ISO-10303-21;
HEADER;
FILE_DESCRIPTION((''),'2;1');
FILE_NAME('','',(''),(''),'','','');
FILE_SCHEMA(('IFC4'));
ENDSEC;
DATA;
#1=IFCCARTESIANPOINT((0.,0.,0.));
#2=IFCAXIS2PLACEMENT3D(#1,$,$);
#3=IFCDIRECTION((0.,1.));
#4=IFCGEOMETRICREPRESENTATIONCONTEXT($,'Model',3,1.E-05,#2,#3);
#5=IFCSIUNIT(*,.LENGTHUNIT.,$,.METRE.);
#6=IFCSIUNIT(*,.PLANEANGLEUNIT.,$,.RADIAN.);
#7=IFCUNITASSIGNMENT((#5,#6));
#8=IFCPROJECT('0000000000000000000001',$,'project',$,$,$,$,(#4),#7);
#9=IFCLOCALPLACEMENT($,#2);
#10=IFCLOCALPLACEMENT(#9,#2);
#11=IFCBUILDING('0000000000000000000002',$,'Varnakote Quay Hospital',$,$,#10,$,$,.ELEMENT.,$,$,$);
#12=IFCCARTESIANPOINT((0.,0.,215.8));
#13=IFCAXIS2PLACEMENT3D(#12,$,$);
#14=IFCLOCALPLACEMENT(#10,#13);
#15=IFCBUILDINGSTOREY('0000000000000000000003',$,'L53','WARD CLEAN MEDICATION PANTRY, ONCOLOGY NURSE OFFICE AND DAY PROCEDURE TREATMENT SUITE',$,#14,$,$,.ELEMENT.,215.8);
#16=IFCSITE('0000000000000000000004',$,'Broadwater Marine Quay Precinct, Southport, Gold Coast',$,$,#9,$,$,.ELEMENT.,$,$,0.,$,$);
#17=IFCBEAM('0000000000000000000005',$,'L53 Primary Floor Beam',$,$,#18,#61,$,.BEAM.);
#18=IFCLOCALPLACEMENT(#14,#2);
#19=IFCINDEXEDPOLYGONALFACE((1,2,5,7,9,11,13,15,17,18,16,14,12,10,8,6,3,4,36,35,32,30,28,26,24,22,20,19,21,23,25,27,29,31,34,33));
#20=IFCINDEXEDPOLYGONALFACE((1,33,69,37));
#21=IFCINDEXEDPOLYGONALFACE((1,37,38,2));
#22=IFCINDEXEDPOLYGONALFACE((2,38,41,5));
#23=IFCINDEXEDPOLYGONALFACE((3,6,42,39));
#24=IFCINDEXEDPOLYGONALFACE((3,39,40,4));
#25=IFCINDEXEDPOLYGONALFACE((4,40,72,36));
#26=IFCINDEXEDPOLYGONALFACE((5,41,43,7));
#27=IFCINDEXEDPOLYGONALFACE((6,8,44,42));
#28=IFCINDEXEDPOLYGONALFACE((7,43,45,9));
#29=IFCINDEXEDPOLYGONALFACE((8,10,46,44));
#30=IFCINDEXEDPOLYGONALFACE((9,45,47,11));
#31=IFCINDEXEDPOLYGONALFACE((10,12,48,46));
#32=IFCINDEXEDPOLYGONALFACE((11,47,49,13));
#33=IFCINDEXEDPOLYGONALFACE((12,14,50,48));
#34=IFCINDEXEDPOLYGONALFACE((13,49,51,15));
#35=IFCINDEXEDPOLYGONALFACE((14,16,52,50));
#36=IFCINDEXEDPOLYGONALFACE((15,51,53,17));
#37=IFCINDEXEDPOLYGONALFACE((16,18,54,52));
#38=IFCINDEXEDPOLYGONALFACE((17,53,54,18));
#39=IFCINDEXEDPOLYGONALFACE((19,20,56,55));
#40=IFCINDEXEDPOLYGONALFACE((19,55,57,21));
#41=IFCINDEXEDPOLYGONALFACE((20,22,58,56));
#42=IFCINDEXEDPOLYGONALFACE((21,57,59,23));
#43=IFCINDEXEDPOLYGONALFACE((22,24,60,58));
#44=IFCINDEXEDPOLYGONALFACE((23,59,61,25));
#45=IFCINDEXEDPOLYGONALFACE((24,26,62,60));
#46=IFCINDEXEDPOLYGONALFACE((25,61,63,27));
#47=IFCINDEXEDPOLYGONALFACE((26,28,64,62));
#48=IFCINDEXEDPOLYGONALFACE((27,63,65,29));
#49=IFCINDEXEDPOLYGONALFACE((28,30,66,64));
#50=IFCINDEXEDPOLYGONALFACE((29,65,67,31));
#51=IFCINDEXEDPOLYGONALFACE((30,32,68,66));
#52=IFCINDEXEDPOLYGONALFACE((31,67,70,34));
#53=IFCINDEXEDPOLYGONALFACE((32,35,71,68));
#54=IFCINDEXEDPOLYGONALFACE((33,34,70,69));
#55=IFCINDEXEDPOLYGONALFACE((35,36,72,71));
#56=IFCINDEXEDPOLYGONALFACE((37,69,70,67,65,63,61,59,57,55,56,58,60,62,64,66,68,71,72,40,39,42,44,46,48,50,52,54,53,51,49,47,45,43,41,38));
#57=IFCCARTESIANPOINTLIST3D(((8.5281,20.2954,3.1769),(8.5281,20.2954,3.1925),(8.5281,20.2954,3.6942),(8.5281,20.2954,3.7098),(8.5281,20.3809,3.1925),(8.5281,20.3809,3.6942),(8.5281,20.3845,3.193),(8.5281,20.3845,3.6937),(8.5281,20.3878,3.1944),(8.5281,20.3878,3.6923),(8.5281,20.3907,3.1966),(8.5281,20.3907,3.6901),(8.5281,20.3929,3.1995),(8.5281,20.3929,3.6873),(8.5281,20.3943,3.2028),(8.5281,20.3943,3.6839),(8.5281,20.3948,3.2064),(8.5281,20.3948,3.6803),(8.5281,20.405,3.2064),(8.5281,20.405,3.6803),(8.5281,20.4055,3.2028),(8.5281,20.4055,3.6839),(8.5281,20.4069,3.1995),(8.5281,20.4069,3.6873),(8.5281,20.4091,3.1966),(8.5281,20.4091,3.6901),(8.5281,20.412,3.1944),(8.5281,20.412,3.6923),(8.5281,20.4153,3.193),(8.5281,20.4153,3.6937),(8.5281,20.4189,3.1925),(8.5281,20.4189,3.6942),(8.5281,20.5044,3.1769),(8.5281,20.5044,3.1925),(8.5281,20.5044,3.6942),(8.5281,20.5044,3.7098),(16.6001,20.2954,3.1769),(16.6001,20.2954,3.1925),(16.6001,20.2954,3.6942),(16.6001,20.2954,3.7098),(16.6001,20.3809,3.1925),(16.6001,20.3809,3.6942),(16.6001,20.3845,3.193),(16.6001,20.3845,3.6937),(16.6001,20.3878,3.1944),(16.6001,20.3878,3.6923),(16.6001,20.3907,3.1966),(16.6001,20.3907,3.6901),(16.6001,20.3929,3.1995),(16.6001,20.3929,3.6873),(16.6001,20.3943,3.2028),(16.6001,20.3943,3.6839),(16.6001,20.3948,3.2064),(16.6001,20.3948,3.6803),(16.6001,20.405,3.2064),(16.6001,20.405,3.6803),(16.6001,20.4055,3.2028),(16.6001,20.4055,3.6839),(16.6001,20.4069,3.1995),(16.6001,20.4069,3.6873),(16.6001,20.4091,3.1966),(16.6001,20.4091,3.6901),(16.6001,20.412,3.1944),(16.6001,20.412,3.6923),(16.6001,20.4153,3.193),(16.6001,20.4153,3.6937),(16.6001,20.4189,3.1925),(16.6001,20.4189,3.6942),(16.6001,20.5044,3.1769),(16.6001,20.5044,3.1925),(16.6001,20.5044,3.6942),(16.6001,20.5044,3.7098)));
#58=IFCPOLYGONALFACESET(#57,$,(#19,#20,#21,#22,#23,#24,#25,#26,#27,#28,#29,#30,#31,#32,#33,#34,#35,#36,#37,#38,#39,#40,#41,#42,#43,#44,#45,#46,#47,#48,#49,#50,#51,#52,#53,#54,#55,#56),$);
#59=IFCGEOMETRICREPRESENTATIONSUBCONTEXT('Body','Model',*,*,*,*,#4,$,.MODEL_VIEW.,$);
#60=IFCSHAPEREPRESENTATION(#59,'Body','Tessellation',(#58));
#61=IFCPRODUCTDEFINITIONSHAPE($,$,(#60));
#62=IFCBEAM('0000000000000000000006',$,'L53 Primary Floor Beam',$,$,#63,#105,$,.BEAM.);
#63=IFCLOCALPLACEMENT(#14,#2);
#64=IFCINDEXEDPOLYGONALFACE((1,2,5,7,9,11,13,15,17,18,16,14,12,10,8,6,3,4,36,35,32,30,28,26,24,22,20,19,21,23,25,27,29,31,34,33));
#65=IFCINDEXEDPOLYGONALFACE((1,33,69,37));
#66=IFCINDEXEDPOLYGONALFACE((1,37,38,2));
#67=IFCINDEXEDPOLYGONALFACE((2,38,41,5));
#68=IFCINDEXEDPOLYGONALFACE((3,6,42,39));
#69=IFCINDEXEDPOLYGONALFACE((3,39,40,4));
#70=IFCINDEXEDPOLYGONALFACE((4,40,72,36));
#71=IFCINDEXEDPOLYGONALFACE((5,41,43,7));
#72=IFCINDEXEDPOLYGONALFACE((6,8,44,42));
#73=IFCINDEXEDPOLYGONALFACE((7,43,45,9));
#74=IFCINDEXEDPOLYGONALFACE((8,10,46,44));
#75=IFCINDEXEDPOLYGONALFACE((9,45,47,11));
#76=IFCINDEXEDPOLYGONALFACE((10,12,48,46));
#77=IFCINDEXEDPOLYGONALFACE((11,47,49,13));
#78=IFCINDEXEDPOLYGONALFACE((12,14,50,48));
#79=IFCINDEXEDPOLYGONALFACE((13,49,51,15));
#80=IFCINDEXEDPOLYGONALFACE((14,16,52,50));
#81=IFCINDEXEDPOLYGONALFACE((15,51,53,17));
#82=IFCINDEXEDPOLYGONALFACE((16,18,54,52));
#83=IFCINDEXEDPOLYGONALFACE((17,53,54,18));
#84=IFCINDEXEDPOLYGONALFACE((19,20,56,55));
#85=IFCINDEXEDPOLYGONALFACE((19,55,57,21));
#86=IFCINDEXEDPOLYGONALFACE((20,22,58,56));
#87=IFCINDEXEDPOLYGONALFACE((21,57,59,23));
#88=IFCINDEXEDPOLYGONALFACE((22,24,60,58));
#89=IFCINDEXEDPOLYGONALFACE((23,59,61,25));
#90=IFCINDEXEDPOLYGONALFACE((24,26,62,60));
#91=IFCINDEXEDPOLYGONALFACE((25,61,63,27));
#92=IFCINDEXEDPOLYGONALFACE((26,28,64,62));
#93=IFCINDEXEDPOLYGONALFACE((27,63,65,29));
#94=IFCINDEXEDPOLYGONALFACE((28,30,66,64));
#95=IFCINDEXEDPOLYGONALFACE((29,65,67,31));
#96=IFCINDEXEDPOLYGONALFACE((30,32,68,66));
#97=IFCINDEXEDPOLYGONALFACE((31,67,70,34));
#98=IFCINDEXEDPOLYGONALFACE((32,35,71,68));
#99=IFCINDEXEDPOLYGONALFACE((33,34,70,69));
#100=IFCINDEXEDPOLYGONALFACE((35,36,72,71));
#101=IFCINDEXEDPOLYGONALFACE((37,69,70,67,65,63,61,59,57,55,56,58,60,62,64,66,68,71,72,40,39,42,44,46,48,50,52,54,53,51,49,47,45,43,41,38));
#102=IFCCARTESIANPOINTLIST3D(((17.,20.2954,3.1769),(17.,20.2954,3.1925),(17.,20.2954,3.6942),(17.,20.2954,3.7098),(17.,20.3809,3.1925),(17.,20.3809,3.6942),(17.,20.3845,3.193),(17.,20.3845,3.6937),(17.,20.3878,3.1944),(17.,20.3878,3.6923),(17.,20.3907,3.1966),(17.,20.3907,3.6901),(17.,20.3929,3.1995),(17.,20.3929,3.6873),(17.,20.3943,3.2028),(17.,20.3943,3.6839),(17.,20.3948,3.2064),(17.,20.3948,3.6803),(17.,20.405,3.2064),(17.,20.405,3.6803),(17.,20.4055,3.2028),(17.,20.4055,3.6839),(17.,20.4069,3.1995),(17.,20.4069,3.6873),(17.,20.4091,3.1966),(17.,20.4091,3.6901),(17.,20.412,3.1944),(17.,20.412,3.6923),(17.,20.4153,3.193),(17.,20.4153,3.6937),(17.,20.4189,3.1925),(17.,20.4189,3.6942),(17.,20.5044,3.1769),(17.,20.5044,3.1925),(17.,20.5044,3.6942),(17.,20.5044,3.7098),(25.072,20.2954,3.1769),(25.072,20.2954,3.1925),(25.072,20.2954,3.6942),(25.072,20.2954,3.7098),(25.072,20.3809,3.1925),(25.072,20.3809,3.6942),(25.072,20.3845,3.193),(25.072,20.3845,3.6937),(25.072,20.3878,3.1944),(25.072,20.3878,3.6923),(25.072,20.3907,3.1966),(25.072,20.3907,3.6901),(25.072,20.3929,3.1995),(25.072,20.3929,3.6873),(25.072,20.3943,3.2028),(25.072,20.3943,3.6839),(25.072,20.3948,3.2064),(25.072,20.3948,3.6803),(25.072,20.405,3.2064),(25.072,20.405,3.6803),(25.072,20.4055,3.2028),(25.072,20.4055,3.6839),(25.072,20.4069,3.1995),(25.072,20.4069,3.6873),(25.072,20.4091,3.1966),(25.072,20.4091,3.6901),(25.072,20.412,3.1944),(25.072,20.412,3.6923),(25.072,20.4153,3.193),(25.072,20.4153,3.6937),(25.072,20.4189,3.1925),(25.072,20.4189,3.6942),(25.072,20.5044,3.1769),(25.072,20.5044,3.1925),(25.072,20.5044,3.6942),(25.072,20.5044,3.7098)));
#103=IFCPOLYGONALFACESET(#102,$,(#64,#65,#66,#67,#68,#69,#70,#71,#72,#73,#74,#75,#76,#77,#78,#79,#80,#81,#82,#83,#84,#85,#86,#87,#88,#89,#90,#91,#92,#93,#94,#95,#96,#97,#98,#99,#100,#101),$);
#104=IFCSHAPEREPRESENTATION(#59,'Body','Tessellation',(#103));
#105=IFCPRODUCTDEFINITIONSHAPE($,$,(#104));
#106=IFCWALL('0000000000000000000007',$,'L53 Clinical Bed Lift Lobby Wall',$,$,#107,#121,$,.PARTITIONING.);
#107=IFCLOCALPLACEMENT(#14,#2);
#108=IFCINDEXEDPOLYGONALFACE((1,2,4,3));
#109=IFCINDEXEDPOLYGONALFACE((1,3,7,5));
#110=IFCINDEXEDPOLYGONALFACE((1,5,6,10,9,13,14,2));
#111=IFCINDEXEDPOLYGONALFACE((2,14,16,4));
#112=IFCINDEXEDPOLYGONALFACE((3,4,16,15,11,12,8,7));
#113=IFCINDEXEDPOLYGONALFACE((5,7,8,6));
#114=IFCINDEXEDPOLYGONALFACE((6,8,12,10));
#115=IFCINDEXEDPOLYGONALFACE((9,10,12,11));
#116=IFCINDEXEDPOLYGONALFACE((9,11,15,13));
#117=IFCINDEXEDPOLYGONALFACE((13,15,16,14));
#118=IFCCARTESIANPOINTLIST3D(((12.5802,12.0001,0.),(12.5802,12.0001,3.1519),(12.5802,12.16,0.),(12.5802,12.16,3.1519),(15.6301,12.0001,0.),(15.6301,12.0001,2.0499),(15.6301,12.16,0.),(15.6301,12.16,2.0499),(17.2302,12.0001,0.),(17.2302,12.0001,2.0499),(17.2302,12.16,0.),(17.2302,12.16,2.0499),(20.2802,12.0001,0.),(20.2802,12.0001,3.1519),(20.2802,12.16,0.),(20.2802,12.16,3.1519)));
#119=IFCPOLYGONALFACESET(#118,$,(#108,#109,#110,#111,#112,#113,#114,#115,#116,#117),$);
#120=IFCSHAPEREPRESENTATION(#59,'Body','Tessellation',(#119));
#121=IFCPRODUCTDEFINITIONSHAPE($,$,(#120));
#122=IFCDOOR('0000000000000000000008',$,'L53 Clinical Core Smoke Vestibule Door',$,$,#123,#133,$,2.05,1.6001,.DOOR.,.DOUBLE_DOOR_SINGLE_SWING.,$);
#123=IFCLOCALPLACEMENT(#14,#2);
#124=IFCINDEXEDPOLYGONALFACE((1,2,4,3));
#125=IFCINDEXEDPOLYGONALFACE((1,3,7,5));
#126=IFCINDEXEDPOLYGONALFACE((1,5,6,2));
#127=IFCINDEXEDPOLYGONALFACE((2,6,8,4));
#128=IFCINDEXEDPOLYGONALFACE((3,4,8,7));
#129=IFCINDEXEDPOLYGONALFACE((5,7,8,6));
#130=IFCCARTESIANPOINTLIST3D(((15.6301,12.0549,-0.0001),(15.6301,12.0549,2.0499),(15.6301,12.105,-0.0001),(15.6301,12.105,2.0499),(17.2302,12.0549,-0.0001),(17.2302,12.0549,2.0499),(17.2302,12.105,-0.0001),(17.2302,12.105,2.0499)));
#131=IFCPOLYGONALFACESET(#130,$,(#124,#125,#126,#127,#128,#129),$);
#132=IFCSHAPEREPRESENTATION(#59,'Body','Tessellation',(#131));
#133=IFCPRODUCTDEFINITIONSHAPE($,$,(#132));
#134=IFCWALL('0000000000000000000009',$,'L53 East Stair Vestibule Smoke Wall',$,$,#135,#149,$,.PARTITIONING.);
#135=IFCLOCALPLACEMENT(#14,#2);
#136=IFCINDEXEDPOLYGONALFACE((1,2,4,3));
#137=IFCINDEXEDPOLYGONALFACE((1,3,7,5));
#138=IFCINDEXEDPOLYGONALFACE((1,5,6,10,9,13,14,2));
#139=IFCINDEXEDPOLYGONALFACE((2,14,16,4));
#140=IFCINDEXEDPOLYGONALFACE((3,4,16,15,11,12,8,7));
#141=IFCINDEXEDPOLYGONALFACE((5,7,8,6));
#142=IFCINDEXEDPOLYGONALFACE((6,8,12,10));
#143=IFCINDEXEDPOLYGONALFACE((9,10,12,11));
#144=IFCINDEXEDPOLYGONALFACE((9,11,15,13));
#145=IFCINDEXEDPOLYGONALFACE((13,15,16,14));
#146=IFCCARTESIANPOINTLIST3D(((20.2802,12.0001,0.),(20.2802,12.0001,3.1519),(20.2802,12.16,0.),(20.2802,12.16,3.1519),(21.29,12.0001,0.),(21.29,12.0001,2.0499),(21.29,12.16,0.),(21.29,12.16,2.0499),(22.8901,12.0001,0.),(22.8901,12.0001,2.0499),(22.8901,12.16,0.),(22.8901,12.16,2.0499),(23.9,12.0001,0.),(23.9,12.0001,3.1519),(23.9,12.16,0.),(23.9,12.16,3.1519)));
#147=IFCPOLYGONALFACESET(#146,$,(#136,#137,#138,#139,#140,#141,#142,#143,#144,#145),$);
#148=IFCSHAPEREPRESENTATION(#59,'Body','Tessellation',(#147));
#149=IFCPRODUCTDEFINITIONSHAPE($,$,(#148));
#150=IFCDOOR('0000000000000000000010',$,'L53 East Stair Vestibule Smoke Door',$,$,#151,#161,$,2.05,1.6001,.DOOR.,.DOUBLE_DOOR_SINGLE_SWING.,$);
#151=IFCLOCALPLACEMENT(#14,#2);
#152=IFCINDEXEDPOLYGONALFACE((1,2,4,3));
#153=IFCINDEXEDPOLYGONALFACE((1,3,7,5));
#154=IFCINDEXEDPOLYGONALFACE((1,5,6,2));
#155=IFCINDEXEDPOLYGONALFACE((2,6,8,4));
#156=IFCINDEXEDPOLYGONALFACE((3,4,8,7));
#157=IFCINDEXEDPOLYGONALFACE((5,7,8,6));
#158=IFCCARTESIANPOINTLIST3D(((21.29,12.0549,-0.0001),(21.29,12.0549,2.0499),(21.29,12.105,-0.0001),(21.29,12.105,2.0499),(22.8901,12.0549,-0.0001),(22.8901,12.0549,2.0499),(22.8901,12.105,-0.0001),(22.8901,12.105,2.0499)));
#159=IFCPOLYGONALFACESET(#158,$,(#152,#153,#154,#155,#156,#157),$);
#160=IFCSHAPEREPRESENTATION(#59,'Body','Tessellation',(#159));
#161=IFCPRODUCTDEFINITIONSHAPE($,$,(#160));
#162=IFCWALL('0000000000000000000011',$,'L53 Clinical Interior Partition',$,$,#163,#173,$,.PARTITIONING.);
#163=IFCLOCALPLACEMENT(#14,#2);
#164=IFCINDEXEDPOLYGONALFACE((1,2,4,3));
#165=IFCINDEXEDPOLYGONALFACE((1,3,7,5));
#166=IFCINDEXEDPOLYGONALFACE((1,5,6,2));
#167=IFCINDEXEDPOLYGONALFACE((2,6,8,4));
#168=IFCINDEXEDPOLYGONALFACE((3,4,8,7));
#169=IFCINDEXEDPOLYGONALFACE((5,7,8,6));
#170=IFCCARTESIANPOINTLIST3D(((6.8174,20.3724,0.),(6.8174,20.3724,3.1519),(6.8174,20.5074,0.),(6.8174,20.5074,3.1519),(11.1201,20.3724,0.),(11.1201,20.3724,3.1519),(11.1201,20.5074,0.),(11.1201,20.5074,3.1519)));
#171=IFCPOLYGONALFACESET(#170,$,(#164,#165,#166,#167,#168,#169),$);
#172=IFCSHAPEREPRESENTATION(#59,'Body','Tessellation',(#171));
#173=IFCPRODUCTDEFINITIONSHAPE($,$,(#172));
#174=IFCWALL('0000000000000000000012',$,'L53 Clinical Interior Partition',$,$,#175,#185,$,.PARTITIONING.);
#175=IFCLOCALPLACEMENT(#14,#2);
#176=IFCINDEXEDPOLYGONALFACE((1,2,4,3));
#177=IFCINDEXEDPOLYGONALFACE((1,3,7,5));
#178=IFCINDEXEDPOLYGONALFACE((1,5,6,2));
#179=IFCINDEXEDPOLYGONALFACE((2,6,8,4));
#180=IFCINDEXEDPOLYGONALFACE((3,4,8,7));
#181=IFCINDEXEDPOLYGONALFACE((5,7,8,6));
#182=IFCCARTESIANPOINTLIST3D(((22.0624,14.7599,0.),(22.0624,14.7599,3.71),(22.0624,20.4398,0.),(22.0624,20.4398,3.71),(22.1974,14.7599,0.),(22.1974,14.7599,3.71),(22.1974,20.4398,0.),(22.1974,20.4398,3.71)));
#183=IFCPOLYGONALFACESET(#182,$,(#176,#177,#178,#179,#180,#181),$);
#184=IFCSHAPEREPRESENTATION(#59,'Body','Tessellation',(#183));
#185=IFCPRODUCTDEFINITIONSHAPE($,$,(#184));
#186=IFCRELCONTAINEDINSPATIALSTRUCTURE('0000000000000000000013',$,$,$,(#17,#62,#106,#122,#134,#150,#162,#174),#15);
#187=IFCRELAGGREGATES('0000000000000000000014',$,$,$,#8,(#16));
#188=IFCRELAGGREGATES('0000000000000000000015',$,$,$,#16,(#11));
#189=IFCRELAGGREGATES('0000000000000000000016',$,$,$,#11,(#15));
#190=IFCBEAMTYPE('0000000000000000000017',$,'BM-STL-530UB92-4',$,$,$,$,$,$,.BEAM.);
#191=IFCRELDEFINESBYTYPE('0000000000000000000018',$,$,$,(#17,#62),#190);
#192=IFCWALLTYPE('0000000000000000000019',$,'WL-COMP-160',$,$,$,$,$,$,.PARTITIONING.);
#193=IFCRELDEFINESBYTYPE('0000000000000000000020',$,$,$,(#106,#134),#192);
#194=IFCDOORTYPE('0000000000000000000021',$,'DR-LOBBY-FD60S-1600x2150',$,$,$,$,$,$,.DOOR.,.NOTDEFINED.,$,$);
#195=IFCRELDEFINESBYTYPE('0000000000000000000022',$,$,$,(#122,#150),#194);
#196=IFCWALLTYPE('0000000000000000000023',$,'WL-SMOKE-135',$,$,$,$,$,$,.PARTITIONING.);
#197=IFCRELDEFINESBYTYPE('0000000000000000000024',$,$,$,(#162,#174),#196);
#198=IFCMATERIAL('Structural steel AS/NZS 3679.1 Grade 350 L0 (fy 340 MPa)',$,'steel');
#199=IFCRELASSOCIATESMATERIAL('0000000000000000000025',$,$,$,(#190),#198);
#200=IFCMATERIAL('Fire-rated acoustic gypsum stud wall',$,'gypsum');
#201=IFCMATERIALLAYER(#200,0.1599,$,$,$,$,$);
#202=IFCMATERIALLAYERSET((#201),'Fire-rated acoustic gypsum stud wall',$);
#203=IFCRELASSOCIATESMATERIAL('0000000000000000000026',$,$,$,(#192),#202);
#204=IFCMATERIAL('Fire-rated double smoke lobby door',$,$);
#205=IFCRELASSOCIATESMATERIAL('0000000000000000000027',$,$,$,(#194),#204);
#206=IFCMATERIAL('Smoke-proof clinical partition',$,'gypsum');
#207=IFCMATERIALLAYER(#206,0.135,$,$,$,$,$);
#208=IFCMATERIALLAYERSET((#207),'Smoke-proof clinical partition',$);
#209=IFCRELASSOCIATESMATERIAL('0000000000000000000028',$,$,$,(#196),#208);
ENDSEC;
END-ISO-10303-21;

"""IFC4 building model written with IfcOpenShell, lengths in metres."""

from ifc_helpers import new_model, si_unit, direction, frame, frame_2d, origin, origin_2d, place, context, subcontext, project, spatial, rectangle, i_section, extrude, material, layer, layer_set, material_profile, profile_set, type_object, element, fill, save


model = new_model("IFC4")

# Units and contexts
model_context = context("Model", 3, precision=1e-05, world=origin(), true_north=direction((0.0, 1.0)))
body_context = subcontext(model_context, "Body", "Model", "MODEL_VIEW")
ifc_project = project(units=[si_unit("LENGTHUNIT", "METRE"), si_unit("PLANEANGLEUNIT", "RADIAN")], contexts=[model_context])

# Site, building, storey
site_placement = place(None, origin())
site = spatial("IfcSite", under=ifc_project, at=site_placement, Name="Broadwater Marine Quay Precinct, Southport, Gold Coast", CompositionType="ELEMENT", RefElevation=0.0)
building_placement = place(site_placement, origin())
building = spatial("IfcBuilding", under=site, at=building_placement, Name="Varnakote Quay Hospital", CompositionType="ELEMENT")
storey_placement = place(building_placement, frame((0.0, 0.0, 215.8)))
storey = spatial("IfcBuildingStorey", under=building, at=storey_placement, Name="L53", Description="WARD CLEAN MEDICATION PANTRY, ONCOLOGY NURSE OFFICE AND DAY PROCEDURE TREATMENT SUITE", CompositionType="ELEMENT", Elevation=215.8)

# Beams
ifc_material_1 = material(Name="Structural steel AS/NZS 3679.1 Grade 350 L0 (fy 340 MPa)", Category="steel")
ifc_material_profile_1 = material_profile(ifc_material_1, i_section(OverallWidth=0.209, OverallDepth=0.533, WebThickness=0.0103, FlangeThickness=0.0156, FilletRadius=0.0139, at=origin_2d()), Name="530UB92.4")
ifc_profile_set_1 = profile_set([ifc_material_profile_1], Name="Structural steel AS/NZS 3679.1 Grade 350 L0 (fy 340 MPa)")
beam_type_1 = type_object("IfcBeamType", Name="BM-STL-530UB92-4", PredefinedType="BEAM", material=ifc_profile_set_1)
for number, where, z_axis, x_axis, name in (
    (1, (8.5281, 20.3999, 3.4434), (1.0, 0.0, 0.0), (0.0, 1.0, 0.0), "L53 Primary Floor Beam"),
    (2, (17.0, 20.3999, 3.4434), (1.0, 0.0, 0.0), (0.0, 1.0, 0.0), "L53 Primary Floor Beam"),
):
    element("IfcBeam", number, at=place(storey_placement, frame(where, z_axis=z_axis, x_axis=x_axis)), inside=storey, type_object=beam_type_1, Name=name, PredefinedType="BEAM", context=body_context, shape_type="SweptSolid", body=[
        extrude(i_section(OverallWidth=0.209, OverallDepth=0.533, WebThickness=0.0103, FlangeThickness=0.0156, FilletRadius=0.0139, at=origin_2d()), origin(), (0.0, 0.0, 1.0), 8.072),
    ])

# Walls, openings, doors
ifc_material_2 = material(Name="Fire-rated acoustic gypsum stud wall", Category="gypsum")
ifc_layer_1 = layer(ifc_material_2, 0.1599)
ifc_layer_set_1 = layer_set([ifc_layer_1], Name="Fire-rated acoustic gypsum stud wall")
wall_type_1 = type_object("IfcWallType", Name="WL-COMP-160", PredefinedType="PARTITIONING", material=ifc_layer_set_1)
wall_1_placement = place(storey_placement, frame((12.5801, 12.0801, 0.0), z_axis=(0.0, 0.0, 1.0), x_axis=(1.0, 0.0, 0.0)))
wall_1 = element("IfcWall", 3, at=wall_1_placement, inside=storey, type_object=wall_type_1, Name="L53 Clinical Bed Lift Lobby Wall", PredefinedType="PARTITIONING", context=body_context, shape_type="SweptSolid", body=[
    extrude(rectangle(XDim=7.7, YDim=0.1599, at=frame_2d((3.8501, 0.0))), origin(), (0.0, 0.0, 1.0), 3.1519),
])
opening_1_placement = place(wall_1_placement, frame((3.05, 0.0, 0.0)))
opening_1 = element("IfcOpeningElement", 4, at=opening_1_placement, cuts=wall_1, PredefinedType="OPENING", context=body_context, shape_type="SweptSolid", body=[
    extrude(rectangle(XDim=1.6001, YDim=2.05, at=frame_2d((0.8, 1.0249))), frame((0.0, 0.0898, 0.0), z_axis=(0.0, -1.0, 0.0), x_axis=(1.0, 0.0, 0.0)), (0.0, 0.0, 1.0), 0.1799),
])
ifc_material_3 = material(Name="Fire-rated double smoke lobby door")
door_type_1 = type_object("IfcDoorType", Name="DR-LOBBY-FD60S-1600x2150", OperationType="NOTDEFINED", PredefinedType="DOOR", material=ifc_material_3)
door_1_placement = place(opening_1_placement, origin())
door_1 = element("IfcDoor", 5, at=door_1_placement, inside=storey, type_object=door_type_1, Name="L53 Clinical Core Smoke Vestibule Door", OperationType="DOUBLE_DOOR_SINGLE_SWING", OverallHeight=2.05, OverallWidth=1.6001, PredefinedType="DOOR", context=body_context, shape_type="SweptSolid", body=[
    extrude(rectangle(XDim=1.6001, YDim=2.05, at=frame_2d((0.8, 1.0249))), frame((0.0, 0.0249, 0.0), z_axis=(0.0, -1.0, 0.0), x_axis=(1.0, 0.0, 0.0)), (0.0, 0.0, 1.0), 0.05),
])
fill(opening_1, door_1)
wall_2_placement = place(storey_placement, frame((20.28, 12.0801, 0.0), z_axis=(0.0, 0.0, 1.0), x_axis=(1.0, 0.0, 0.0)))
wall_2 = element("IfcWall", 6, at=wall_2_placement, inside=storey, type_object=wall_type_1, Name="L53 East Stair Vestibule Smoke Wall", PredefinedType="PARTITIONING", context=body_context, shape_type="SweptSolid", body=[
    extrude(rectangle(XDim=3.6199, YDim=0.1599, at=frame_2d((1.8101, 0.0))), origin(), (0.0, 0.0, 1.0), 3.1519),
])
opening_2_placement = place(wall_2_placement, frame((1.01, 0.0, 0.0)))
opening_2 = element("IfcOpeningElement", 7, at=opening_2_placement, cuts=wall_2, PredefinedType="OPENING", context=body_context, shape_type="SweptSolid", body=[
    extrude(rectangle(XDim=1.6001, YDim=2.05, at=frame_2d((0.8, 1.0249))), frame((0.0, 0.0898, 0.0), z_axis=(0.0, -1.0, 0.0), x_axis=(1.0, 0.0, 0.0)), (0.0, 0.0, 1.0), 0.1799),
])
door_2_placement = place(opening_2_placement, origin())
door_2 = element("IfcDoor", 8, at=door_2_placement, inside=storey, type_object=door_type_1, Name="L53 East Stair Vestibule Smoke Door", OperationType="DOUBLE_DOOR_SINGLE_SWING", OverallHeight=2.05, OverallWidth=1.6001, PredefinedType="DOOR", context=body_context, shape_type="SweptSolid", body=[
    extrude(rectangle(XDim=1.6001, YDim=2.05, at=frame_2d((0.8, 1.0249))), frame((0.0, 0.0249, 0.0), z_axis=(0.0, -1.0, 0.0), x_axis=(1.0, 0.0, 0.0)), (0.0, 0.0, 1.0), 0.05),
])
fill(opening_2, door_2)

# Walls
ifc_material_4 = material(Name="Smoke-proof clinical partition", Category="gypsum")
ifc_layer_2 = layer(ifc_material_4, 0.135)
ifc_layer_set_2 = layer_set([ifc_layer_2], Name="Smoke-proof clinical partition")
wall_type_2 = type_object("IfcWallType", Name="WL-SMOKE-135", PredefinedType="PARTITIONING", material=ifc_layer_set_2)
wall_3_placement = place(storey_placement, frame((11.1201, 20.4399, 0.0), z_axis=(0.0, 0.0, 1.0), x_axis=(-1.0, 0.0, 0.0)))
element("IfcWall", 9, at=wall_3_placement, inside=storey, type_object=wall_type_2, Name="L53 Clinical Interior Partition", PredefinedType="PARTITIONING", context=body_context, shape_type="SweptSolid", body=[
    extrude(rectangle(XDim=4.3027, YDim=0.135, at=frame_2d((2.1514, 0.0))), origin(), (0.0, 0.0, 1.0), 3.1519),
])
wall_4_placement = place(storey_placement, frame((22.1299, 14.76, 0.0), z_axis=(0.0, 0.0, 1.0), x_axis=(0.0, 1.0, 0.0)))
element("IfcWall", 10, at=wall_4_placement, inside=storey, type_object=wall_type_2, Name="L53 Clinical Interior Partition", PredefinedType="PARTITIONING", context=body_context, shape_type="SweptSolid", body=[
    extrude(rectangle(XDim=5.6799, YDim=0.135, at=frame_2d((2.8398, 0.0))), origin(), (0.0, 0.0, 1.0), 3.71),
])

save(model, "model.ifc")
